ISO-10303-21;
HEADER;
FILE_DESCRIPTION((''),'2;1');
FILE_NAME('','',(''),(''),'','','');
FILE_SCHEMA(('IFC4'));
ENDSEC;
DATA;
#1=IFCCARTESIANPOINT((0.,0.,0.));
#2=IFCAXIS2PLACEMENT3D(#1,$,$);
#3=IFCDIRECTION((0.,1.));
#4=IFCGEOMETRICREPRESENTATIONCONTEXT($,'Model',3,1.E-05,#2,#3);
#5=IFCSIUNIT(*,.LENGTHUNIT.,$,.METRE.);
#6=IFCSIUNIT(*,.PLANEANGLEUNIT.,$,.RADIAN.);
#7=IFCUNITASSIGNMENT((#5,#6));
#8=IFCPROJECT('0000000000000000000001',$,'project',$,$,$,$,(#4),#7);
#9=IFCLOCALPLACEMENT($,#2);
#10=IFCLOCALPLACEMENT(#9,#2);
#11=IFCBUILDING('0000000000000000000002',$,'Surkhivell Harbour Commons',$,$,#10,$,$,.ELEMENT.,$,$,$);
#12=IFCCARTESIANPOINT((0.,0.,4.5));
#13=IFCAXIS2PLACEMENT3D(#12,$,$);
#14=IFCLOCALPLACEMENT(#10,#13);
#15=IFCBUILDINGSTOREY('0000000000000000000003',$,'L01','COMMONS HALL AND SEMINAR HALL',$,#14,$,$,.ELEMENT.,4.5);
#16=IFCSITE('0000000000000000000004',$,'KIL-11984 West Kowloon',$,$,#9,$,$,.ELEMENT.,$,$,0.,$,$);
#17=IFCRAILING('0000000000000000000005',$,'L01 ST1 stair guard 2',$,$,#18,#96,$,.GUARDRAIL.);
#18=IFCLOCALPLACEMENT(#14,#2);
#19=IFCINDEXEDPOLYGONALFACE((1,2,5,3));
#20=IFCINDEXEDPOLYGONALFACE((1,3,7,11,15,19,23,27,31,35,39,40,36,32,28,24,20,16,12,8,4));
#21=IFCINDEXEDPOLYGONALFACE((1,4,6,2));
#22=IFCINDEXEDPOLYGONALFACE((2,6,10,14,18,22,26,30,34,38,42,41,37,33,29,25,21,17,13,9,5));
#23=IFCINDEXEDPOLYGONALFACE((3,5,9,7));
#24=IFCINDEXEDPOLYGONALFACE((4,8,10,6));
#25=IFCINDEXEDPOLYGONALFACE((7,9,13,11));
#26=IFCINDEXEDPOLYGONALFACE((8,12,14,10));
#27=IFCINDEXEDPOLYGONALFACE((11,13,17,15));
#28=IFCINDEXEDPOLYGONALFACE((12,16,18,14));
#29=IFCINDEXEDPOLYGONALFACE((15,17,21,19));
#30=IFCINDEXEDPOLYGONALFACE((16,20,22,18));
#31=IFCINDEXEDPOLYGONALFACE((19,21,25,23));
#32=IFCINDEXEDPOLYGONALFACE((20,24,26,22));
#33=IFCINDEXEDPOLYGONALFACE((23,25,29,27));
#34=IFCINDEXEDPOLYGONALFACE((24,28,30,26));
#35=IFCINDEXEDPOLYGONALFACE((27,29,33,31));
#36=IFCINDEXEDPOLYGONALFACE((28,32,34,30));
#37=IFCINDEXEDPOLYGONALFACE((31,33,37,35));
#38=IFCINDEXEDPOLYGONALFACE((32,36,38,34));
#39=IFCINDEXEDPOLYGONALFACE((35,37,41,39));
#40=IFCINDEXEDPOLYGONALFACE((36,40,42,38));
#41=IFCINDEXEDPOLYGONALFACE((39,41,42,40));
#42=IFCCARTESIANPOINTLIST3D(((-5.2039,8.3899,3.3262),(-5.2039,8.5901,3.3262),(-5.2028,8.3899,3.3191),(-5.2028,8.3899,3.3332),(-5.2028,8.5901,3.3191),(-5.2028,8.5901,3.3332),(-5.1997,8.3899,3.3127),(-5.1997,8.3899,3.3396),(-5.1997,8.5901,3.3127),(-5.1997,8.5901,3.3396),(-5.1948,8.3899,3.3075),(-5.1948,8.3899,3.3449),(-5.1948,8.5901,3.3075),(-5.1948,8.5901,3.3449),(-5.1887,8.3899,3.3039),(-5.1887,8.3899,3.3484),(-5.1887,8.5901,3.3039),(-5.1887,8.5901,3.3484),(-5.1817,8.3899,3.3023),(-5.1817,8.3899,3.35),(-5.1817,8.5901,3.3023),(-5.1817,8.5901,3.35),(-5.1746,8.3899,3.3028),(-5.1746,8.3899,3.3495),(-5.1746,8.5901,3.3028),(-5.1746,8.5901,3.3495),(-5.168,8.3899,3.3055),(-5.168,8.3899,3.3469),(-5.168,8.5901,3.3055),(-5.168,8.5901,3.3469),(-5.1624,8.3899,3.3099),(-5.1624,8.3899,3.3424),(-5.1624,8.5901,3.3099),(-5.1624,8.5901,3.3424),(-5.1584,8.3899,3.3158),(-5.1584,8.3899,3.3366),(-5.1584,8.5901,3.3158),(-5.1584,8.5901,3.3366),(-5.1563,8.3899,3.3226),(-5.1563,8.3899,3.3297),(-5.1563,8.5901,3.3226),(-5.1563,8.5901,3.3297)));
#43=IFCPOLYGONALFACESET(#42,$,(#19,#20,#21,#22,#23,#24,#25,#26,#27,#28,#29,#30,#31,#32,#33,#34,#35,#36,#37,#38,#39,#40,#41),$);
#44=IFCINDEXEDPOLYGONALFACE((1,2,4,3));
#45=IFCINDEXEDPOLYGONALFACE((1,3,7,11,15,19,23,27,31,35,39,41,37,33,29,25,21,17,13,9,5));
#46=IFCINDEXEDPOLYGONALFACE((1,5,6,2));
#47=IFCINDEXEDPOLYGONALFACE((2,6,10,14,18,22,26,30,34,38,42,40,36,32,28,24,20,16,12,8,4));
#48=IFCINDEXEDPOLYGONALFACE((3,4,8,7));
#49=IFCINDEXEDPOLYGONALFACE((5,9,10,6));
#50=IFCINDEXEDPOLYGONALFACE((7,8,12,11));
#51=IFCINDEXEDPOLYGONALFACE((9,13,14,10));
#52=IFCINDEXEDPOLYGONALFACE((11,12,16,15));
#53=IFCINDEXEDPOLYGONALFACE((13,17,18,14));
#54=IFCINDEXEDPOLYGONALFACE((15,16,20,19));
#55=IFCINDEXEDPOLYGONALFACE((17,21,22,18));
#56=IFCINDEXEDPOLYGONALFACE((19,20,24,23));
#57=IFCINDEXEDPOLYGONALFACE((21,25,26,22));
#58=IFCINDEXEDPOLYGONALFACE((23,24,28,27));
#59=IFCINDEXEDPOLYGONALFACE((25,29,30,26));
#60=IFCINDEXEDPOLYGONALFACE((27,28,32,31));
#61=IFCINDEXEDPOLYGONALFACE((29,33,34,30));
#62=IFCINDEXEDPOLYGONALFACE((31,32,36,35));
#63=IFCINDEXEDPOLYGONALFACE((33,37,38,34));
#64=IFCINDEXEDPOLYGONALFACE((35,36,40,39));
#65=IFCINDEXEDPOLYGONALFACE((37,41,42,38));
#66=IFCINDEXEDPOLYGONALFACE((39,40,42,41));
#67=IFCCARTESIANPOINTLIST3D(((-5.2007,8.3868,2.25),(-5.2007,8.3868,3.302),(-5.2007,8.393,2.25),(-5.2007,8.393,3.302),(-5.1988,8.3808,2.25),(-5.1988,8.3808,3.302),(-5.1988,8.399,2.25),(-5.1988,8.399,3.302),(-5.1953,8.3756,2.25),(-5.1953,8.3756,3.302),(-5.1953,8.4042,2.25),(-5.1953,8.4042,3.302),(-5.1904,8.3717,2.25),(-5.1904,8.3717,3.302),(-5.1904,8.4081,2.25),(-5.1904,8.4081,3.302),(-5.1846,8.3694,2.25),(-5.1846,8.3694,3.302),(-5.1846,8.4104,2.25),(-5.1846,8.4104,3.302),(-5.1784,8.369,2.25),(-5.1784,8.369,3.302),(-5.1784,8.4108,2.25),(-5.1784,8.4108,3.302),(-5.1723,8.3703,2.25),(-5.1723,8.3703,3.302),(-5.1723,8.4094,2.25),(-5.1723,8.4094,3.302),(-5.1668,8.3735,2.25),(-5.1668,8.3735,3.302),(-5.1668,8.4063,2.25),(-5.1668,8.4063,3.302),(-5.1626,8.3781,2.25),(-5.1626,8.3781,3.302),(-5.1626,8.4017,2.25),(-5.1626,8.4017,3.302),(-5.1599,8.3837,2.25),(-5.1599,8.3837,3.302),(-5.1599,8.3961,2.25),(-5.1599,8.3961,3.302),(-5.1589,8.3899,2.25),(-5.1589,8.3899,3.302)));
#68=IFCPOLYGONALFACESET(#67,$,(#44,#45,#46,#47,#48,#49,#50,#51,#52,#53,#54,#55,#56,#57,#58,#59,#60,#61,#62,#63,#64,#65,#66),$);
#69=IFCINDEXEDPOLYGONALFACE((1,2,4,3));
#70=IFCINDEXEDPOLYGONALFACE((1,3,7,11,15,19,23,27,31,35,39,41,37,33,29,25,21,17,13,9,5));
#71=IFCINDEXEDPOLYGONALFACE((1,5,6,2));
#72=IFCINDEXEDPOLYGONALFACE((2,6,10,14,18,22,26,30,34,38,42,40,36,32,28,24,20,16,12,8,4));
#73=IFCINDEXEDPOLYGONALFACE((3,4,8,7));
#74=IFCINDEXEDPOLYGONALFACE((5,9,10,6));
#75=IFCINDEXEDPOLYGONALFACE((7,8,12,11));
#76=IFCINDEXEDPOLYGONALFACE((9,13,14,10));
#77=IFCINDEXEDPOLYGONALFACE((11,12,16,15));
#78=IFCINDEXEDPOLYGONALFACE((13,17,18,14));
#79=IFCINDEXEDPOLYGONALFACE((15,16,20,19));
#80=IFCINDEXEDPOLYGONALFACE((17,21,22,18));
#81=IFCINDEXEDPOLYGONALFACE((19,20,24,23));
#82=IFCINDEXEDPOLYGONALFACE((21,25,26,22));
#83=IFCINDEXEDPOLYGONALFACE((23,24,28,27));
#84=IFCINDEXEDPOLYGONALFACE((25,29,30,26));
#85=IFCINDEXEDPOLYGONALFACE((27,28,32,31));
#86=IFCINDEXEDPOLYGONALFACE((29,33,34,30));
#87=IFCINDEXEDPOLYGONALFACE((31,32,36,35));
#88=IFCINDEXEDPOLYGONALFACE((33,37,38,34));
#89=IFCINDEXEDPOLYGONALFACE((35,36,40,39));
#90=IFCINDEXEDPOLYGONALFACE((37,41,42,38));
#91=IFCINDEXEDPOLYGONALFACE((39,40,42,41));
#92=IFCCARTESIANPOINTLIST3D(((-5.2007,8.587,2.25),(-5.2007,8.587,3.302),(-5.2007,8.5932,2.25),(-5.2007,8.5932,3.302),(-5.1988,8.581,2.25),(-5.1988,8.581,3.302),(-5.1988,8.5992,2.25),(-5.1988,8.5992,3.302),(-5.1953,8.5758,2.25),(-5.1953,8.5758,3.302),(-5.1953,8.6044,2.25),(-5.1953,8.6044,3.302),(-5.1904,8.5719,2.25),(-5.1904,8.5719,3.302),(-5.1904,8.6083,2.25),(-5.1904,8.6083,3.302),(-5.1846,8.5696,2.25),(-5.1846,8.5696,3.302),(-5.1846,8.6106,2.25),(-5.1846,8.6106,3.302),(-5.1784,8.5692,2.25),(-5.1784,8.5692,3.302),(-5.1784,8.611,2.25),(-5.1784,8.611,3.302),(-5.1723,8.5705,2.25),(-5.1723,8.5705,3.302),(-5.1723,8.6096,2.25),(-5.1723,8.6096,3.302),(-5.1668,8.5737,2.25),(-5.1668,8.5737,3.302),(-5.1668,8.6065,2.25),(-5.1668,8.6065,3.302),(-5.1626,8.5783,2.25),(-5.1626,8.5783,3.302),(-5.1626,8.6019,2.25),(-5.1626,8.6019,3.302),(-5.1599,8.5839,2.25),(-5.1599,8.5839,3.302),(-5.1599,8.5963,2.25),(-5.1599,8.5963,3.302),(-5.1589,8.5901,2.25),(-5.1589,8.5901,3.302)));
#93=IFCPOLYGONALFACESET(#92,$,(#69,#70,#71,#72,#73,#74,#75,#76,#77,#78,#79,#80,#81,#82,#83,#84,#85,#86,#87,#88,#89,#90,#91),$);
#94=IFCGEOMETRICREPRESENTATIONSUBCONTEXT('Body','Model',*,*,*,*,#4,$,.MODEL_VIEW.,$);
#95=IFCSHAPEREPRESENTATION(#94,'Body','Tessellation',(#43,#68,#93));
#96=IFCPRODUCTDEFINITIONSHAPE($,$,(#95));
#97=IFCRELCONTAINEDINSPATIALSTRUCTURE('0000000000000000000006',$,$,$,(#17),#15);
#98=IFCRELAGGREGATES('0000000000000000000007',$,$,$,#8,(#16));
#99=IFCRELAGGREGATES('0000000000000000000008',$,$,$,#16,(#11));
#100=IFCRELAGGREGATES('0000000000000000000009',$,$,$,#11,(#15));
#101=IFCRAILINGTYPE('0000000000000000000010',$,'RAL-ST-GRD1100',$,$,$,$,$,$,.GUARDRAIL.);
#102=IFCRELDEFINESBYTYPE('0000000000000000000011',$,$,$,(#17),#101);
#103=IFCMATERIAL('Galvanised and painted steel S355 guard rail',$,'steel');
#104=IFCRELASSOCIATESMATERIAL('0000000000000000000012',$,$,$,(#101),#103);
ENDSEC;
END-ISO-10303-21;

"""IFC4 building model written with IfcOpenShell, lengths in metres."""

from ifc_helpers import new_model, si_unit, direction, frame, origin, origin_2d, place, context, subcontext, project, spatial, circle, extrude, material, type_object, element, save


model = new_model("IFC4")

# Units and contexts
model_context = context("Model", 3, precision=1e-05, world=origin(), true_north=direction((0.0, 1.0)))
body_context = subcontext(model_context, "Body", "Model", "MODEL_VIEW")
ifc_project = project(units=[si_unit("LENGTHUNIT", "METRE"), si_unit("PLANEANGLEUNIT", "RADIAN")], contexts=[model_context])

# Site, building, storey
site_placement = place(None, origin())
site = spatial("IfcSite", under=ifc_project, at=site_placement, Name="KIL-11984 West Kowloon", CompositionType="ELEMENT", RefElevation=0.0)
building_placement = place(site_placement, origin())
building = spatial("IfcBuilding", under=site, at=building_placement, Name="Surkhivell Harbour Commons", CompositionType="ELEMENT")
storey_placement = place(building_placement, frame((0.0, 0.0, 4.5)))
storey = spatial("IfcBuildingStorey", under=building, at=storey_placement, Name="L01", Description="COMMONS HALL AND SEMINAR HALL", CompositionType="ELEMENT", Elevation=4.5)

# Railing
ifc_material_1 = material(Name="Galvanised and painted steel S355 guard rail", Category="steel")
railing_type_1 = type_object("IfcRailingType", Name="RAL-ST-GRD1100", PredefinedType="GUARDRAIL", material=ifc_material_1)
railing_1_placement = place(storey_placement, frame((-5.1799, 8.3899, 2.25)))
element("IfcRailing", 1, at=railing_1_placement, inside=storey, type_object=railing_type_1, Name="L01 ST1 stair guard 2", PredefinedType="GUARDRAIL", context=body_context, shape_type="SweptSolid", body=[
    extrude(circle(Radius=0.0239, at=origin_2d()), frame((0.0, 0.0, 1.0762), z_axis=(0.0, 1.0, 0.0), x_axis=(-1.0, 0.0, 0.0)), (0.0, 0.0, 1.0), 0.2002),
    extrude(circle(Radius=0.021, at=origin_2d()), origin(), (0.0, 0.0, 1.0), 1.052),
    extrude(circle(Radius=0.021, at=origin_2d()), frame((0.0, 0.2002, 0.0)), (0.0, 0.0, 1.0), 1.052),
])

save(model, "model.ifc")
